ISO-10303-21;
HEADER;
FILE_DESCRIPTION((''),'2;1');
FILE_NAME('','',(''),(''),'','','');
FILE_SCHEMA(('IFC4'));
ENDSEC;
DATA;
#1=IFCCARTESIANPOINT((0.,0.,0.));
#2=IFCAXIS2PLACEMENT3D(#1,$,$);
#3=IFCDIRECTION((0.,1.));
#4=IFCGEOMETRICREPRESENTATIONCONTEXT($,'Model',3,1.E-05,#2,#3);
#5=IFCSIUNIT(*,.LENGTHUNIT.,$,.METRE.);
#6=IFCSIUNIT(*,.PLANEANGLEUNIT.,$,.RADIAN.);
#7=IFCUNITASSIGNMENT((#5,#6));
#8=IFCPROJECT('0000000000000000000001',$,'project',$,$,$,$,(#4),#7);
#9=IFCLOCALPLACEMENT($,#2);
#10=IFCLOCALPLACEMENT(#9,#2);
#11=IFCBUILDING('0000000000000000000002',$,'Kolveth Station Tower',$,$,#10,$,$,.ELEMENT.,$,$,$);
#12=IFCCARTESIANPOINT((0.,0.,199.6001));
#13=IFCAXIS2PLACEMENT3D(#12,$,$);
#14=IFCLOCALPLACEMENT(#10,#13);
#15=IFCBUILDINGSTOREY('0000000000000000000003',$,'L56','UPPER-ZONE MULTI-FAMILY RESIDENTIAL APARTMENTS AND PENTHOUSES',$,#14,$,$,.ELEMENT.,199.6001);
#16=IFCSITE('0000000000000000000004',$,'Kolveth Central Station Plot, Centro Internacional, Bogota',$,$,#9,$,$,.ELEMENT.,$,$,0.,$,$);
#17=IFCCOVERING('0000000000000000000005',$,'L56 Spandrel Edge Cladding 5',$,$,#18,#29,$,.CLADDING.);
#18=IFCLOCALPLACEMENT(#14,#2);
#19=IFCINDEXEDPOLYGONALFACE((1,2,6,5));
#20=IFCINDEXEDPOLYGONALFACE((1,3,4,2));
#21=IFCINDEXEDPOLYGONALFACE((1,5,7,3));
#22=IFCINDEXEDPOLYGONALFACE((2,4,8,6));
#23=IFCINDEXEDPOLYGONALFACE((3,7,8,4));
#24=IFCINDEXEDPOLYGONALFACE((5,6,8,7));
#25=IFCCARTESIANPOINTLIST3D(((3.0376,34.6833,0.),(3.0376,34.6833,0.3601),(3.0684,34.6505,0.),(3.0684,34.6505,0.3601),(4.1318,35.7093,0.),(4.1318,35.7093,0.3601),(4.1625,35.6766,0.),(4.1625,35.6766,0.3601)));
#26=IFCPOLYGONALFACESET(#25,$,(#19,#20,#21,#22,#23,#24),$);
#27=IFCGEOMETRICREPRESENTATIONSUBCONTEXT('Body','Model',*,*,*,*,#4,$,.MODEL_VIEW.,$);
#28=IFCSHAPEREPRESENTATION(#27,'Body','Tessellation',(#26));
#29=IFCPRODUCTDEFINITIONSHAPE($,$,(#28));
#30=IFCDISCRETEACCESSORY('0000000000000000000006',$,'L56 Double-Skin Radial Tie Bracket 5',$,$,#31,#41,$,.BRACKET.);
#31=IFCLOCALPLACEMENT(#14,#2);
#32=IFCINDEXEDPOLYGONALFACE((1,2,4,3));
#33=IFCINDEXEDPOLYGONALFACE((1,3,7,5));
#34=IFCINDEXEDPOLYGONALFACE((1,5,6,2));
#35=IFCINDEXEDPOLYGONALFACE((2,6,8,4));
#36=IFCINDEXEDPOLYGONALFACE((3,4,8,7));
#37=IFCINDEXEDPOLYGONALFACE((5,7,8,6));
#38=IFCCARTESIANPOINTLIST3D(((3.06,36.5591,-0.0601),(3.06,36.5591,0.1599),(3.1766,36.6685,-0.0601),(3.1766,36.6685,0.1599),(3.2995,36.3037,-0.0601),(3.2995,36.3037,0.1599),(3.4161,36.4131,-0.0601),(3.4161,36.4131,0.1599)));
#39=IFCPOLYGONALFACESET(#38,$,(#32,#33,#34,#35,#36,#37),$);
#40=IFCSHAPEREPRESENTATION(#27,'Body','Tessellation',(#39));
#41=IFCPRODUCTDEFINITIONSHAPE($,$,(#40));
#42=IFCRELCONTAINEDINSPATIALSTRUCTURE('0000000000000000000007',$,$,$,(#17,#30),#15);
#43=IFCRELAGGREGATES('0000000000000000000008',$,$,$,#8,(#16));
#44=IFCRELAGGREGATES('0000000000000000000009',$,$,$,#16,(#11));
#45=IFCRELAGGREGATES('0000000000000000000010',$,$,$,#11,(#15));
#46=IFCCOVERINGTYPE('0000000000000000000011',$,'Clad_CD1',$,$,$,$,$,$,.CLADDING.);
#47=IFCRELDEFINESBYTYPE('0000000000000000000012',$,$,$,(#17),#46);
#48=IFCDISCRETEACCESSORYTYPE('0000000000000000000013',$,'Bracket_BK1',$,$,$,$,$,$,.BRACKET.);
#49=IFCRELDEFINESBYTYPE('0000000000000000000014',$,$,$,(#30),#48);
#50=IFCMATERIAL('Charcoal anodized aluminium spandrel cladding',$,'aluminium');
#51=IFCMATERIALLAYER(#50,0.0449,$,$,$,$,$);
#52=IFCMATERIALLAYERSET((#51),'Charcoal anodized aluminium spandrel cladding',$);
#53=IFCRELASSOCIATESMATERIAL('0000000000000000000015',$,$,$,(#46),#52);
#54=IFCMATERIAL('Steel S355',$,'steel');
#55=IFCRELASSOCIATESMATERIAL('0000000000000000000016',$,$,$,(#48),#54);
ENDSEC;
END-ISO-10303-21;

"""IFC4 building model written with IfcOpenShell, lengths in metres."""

from ifc_helpers import new_model, si_unit, direction, frame, origin, origin_2d, place, context, subcontext, project, spatial, rectangle, extrude, source, transform, mapped, material, layer, layer_set, type_object, element, save


model = new_model("IFC4")

# Units and contexts
model_context = context("Model", 3, precision=1e-05, world=origin(), true_north=direction((0.0, 1.0)))
body_context = subcontext(model_context, "Body", "Model", "MODEL_VIEW")
ifc_project = project(units=[si_unit("LENGTHUNIT", "METRE"), si_unit("PLANEANGLEUNIT", "RADIAN")], contexts=[model_context])

# Site, building, storey
site_placement = place(None, origin())
site = spatial("IfcSite", under=ifc_project, at=site_placement, Name="Kolveth Central Station Plot, Centro Internacional, Bogota", CompositionType="ELEMENT", RefElevation=0.0)
building_placement = place(site_placement, origin())
building = spatial("IfcBuilding", under=site, at=building_placement, Name="Kolveth Station Tower", CompositionType="ELEMENT")
storey_placement = place(building_placement, frame((0.0, 0.0, 199.6001)))
storey = spatial("IfcBuildingStorey", under=building, at=storey_placement, Name="L56", Description="UPPER-ZONE MULTI-FAMILY RESIDENTIAL APARTMENTS AND PENTHOUSES", CompositionType="ELEMENT", Elevation=199.6001)

# Shared definitions
ifc_material_1 = material(Name="Steel S355", Category="steel")

# Covering
ifc_material_2 = material(Name="Charcoal anodized aluminium spandrel cladding", Category="aluminium")
ifc_layer_1 = layer(ifc_material_2, 0.0449)
ifc_layer_set_1 = layer_set([ifc_layer_1], Name="Charcoal anodized aluminium spandrel cladding")
covering_type = type_object("IfcCoveringType", Name="Clad_CD1", PredefinedType="CLADDING", material=ifc_layer_set_1)
shared_shape_1 = source(origin(), body_context, "Body", "SweptSolid", [
    extrude(rectangle(XDim=1.5, YDim=0.0449, at=origin_2d()), origin(), (0.0, 0.0, 1.0), 0.3601),
])
covering_placement = place(storey_placement, frame((3.6001, 35.1799, 0.0), z_axis=(0.0, 0.0, 1.0), x_axis=(-0.729446, -0.684038, 0.0)))
element("IfcCovering", 1, at=covering_placement, inside=storey, type_object=covering_type, Name="L56 Spandrel Edge Cladding 5", PredefinedType="CLADDING", context=body_context, shape_type="MappedRepresentation", body=[
    mapped(shared_shape_1, transform((0.0, 0.0, 0.0), x_axis=(1.0, 0.0, 0.0), y_axis=(0.0, 1.0, 0.0), z_axis=(0.0, 0.0, 1.0), scale=1.0)),
])

# Discrete accessory
discrete_accessory_type = type_object("IfcDiscreteAccessoryType", Name="Bracket_BK1", PredefinedType="BRACKET", material=ifc_material_1)
shared_shape_2 = source(origin(), body_context, "Body", "SweptSolid", [
    extrude(rectangle(XDim=0.3501, YDim=0.1599, at=origin_2d()), origin(), (0.0, 0.0, 1.0), 0.22),
])
discrete_accessory_placement = place(storey_placement, frame((3.238, 36.4861, -0.0601), z_axis=(0.0, 0.0, 1.0), x_axis=(-0.684038, 0.729446, 0.0)))
element("IfcDiscreteAccessory", 2, at=discrete_accessory_placement, inside=storey, type_object=discrete_accessory_type, Name="L56 Double-Skin Radial Tie Bracket 5", PredefinedType="BRACKET", context=body_context, shape_type="MappedRepresentation", body=[
    mapped(shared_shape_2, transform((0.0, 0.0, 0.0), x_axis=(1.0, 0.0, 0.0), y_axis=(0.0, 1.0, 0.0), z_axis=(0.0, 0.0, 1.0), scale=1.0)),
])

save(model, "model.ifc")
